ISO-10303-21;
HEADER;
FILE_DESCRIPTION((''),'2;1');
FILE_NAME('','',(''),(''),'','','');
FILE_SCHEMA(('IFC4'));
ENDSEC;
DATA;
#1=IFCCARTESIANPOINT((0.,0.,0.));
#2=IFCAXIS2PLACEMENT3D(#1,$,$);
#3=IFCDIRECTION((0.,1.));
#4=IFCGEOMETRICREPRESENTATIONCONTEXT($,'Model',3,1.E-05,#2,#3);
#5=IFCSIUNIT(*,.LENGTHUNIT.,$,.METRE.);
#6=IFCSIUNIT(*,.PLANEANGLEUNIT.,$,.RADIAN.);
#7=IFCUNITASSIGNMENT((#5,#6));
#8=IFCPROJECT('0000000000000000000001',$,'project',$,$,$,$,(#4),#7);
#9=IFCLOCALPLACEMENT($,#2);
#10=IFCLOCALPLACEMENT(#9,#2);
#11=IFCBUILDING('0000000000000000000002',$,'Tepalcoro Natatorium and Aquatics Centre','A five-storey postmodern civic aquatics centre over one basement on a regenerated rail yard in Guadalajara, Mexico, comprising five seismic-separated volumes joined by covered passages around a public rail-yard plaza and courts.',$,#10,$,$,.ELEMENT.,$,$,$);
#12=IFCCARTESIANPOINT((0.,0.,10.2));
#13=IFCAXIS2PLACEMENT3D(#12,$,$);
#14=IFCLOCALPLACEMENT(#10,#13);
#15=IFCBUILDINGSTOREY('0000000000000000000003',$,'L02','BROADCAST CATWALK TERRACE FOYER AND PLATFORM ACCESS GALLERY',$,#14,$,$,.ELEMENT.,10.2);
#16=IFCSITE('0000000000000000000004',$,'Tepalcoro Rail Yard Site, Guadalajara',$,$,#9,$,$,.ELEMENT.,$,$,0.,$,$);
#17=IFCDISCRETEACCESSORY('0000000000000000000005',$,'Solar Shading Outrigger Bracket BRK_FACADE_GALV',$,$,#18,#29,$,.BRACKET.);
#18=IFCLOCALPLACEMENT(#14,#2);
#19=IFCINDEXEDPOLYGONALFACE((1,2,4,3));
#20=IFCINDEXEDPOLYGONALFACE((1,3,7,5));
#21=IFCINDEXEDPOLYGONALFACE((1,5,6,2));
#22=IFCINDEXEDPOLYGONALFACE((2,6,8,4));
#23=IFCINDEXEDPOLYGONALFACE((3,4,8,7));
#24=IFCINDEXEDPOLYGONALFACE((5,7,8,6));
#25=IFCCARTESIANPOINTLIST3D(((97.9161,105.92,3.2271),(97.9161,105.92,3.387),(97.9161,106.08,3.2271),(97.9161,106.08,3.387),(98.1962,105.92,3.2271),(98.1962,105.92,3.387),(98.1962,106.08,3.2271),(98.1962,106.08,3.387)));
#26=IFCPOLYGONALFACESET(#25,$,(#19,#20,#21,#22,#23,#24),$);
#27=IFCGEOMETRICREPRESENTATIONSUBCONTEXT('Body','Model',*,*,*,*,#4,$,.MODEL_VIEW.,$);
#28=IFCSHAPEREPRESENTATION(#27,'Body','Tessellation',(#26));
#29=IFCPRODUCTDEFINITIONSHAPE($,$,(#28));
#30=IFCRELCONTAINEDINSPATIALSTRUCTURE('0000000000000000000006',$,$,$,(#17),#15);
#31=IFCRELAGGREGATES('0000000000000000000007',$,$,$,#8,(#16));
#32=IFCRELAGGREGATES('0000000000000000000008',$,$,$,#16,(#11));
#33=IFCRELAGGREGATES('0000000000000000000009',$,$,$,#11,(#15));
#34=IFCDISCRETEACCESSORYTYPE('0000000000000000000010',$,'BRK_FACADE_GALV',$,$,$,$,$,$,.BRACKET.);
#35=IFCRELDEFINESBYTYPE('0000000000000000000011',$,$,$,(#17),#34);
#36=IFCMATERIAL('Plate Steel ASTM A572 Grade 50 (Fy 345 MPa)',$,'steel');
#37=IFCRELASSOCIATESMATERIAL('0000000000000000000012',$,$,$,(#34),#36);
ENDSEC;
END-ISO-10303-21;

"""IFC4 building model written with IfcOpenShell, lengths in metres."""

from ifc_helpers import new_model, si_unit, direction, frame, origin, origin_2d, place, context, subcontext, project, spatial, rectangle, extrude, material, type_object, element, save


model = new_model("IFC4")

# Units and contexts
model_context = context("Model", 3, precision=1e-05, world=origin(), true_north=direction((0.0, 1.0)))
body_context = subcontext(model_context, "Body", "Model", "MODEL_VIEW")
ifc_project = project(units=[si_unit("LENGTHUNIT", "METRE"), si_unit("PLANEANGLEUNIT", "RADIAN")], contexts=[model_context])

# Site, building, storey
site_placement = place(None, origin())
site = spatial("IfcSite", under=ifc_project, at=site_placement, Name="Tepalcoro Rail Yard Site, Guadalajara", CompositionType="ELEMENT", RefElevation=0.0)
building_placement = place(site_placement, origin())
building = spatial("IfcBuilding", under=site, at=building_placement, Name="Tepalcoro Natatorium and Aquatics Centre", Description="A five-storey postmodern civic aquatics centre over one basement on a regenerated rail yard in Guadalajara, Mexico, comprising five seismic-separated volumes joined by covered passages around a public rail-yard plaza and courts.", CompositionType="ELEMENT")
storey_placement = place(building_placement, frame((0.0, 0.0, 10.2)))
storey = spatial("IfcBuildingStorey", under=building, at=storey_placement, Name="L02", Description="BROADCAST CATWALK TERRACE FOYER AND PLATFORM ACCESS GALLERY", CompositionType="ELEMENT", Elevation=10.2)

# Discrete accessory
ifc_material_1 = material(Name="Plate Steel ASTM A572 Grade 50 (Fy 345 MPa)", Category="steel")
discrete_accessory_type = type_object("IfcDiscreteAccessoryType", Name="BRK_FACADE_GALV", PredefinedType="BRACKET", material=ifc_material_1)
discrete_accessory_placement = place(storey_placement, frame((98.0562, 106.0, 3.2271), z_axis=(0.0, 0.0, 1.0), x_axis=(1.0, 0.0, 0.0)))
element("IfcDiscreteAccessory", 1, at=discrete_accessory_placement, inside=storey, type_object=discrete_accessory_type, Name="Solar Shading Outrigger Bracket BRK_FACADE_GALV", PredefinedType="BRACKET", context=body_context, shape_type="SweptSolid", body=[
    extrude(rectangle(XDim=0.28, YDim=0.1599, at=origin_2d()), origin(), (0.0, 0.0, 1.0), 0.1599),
])

save(model, "model.ifc")
